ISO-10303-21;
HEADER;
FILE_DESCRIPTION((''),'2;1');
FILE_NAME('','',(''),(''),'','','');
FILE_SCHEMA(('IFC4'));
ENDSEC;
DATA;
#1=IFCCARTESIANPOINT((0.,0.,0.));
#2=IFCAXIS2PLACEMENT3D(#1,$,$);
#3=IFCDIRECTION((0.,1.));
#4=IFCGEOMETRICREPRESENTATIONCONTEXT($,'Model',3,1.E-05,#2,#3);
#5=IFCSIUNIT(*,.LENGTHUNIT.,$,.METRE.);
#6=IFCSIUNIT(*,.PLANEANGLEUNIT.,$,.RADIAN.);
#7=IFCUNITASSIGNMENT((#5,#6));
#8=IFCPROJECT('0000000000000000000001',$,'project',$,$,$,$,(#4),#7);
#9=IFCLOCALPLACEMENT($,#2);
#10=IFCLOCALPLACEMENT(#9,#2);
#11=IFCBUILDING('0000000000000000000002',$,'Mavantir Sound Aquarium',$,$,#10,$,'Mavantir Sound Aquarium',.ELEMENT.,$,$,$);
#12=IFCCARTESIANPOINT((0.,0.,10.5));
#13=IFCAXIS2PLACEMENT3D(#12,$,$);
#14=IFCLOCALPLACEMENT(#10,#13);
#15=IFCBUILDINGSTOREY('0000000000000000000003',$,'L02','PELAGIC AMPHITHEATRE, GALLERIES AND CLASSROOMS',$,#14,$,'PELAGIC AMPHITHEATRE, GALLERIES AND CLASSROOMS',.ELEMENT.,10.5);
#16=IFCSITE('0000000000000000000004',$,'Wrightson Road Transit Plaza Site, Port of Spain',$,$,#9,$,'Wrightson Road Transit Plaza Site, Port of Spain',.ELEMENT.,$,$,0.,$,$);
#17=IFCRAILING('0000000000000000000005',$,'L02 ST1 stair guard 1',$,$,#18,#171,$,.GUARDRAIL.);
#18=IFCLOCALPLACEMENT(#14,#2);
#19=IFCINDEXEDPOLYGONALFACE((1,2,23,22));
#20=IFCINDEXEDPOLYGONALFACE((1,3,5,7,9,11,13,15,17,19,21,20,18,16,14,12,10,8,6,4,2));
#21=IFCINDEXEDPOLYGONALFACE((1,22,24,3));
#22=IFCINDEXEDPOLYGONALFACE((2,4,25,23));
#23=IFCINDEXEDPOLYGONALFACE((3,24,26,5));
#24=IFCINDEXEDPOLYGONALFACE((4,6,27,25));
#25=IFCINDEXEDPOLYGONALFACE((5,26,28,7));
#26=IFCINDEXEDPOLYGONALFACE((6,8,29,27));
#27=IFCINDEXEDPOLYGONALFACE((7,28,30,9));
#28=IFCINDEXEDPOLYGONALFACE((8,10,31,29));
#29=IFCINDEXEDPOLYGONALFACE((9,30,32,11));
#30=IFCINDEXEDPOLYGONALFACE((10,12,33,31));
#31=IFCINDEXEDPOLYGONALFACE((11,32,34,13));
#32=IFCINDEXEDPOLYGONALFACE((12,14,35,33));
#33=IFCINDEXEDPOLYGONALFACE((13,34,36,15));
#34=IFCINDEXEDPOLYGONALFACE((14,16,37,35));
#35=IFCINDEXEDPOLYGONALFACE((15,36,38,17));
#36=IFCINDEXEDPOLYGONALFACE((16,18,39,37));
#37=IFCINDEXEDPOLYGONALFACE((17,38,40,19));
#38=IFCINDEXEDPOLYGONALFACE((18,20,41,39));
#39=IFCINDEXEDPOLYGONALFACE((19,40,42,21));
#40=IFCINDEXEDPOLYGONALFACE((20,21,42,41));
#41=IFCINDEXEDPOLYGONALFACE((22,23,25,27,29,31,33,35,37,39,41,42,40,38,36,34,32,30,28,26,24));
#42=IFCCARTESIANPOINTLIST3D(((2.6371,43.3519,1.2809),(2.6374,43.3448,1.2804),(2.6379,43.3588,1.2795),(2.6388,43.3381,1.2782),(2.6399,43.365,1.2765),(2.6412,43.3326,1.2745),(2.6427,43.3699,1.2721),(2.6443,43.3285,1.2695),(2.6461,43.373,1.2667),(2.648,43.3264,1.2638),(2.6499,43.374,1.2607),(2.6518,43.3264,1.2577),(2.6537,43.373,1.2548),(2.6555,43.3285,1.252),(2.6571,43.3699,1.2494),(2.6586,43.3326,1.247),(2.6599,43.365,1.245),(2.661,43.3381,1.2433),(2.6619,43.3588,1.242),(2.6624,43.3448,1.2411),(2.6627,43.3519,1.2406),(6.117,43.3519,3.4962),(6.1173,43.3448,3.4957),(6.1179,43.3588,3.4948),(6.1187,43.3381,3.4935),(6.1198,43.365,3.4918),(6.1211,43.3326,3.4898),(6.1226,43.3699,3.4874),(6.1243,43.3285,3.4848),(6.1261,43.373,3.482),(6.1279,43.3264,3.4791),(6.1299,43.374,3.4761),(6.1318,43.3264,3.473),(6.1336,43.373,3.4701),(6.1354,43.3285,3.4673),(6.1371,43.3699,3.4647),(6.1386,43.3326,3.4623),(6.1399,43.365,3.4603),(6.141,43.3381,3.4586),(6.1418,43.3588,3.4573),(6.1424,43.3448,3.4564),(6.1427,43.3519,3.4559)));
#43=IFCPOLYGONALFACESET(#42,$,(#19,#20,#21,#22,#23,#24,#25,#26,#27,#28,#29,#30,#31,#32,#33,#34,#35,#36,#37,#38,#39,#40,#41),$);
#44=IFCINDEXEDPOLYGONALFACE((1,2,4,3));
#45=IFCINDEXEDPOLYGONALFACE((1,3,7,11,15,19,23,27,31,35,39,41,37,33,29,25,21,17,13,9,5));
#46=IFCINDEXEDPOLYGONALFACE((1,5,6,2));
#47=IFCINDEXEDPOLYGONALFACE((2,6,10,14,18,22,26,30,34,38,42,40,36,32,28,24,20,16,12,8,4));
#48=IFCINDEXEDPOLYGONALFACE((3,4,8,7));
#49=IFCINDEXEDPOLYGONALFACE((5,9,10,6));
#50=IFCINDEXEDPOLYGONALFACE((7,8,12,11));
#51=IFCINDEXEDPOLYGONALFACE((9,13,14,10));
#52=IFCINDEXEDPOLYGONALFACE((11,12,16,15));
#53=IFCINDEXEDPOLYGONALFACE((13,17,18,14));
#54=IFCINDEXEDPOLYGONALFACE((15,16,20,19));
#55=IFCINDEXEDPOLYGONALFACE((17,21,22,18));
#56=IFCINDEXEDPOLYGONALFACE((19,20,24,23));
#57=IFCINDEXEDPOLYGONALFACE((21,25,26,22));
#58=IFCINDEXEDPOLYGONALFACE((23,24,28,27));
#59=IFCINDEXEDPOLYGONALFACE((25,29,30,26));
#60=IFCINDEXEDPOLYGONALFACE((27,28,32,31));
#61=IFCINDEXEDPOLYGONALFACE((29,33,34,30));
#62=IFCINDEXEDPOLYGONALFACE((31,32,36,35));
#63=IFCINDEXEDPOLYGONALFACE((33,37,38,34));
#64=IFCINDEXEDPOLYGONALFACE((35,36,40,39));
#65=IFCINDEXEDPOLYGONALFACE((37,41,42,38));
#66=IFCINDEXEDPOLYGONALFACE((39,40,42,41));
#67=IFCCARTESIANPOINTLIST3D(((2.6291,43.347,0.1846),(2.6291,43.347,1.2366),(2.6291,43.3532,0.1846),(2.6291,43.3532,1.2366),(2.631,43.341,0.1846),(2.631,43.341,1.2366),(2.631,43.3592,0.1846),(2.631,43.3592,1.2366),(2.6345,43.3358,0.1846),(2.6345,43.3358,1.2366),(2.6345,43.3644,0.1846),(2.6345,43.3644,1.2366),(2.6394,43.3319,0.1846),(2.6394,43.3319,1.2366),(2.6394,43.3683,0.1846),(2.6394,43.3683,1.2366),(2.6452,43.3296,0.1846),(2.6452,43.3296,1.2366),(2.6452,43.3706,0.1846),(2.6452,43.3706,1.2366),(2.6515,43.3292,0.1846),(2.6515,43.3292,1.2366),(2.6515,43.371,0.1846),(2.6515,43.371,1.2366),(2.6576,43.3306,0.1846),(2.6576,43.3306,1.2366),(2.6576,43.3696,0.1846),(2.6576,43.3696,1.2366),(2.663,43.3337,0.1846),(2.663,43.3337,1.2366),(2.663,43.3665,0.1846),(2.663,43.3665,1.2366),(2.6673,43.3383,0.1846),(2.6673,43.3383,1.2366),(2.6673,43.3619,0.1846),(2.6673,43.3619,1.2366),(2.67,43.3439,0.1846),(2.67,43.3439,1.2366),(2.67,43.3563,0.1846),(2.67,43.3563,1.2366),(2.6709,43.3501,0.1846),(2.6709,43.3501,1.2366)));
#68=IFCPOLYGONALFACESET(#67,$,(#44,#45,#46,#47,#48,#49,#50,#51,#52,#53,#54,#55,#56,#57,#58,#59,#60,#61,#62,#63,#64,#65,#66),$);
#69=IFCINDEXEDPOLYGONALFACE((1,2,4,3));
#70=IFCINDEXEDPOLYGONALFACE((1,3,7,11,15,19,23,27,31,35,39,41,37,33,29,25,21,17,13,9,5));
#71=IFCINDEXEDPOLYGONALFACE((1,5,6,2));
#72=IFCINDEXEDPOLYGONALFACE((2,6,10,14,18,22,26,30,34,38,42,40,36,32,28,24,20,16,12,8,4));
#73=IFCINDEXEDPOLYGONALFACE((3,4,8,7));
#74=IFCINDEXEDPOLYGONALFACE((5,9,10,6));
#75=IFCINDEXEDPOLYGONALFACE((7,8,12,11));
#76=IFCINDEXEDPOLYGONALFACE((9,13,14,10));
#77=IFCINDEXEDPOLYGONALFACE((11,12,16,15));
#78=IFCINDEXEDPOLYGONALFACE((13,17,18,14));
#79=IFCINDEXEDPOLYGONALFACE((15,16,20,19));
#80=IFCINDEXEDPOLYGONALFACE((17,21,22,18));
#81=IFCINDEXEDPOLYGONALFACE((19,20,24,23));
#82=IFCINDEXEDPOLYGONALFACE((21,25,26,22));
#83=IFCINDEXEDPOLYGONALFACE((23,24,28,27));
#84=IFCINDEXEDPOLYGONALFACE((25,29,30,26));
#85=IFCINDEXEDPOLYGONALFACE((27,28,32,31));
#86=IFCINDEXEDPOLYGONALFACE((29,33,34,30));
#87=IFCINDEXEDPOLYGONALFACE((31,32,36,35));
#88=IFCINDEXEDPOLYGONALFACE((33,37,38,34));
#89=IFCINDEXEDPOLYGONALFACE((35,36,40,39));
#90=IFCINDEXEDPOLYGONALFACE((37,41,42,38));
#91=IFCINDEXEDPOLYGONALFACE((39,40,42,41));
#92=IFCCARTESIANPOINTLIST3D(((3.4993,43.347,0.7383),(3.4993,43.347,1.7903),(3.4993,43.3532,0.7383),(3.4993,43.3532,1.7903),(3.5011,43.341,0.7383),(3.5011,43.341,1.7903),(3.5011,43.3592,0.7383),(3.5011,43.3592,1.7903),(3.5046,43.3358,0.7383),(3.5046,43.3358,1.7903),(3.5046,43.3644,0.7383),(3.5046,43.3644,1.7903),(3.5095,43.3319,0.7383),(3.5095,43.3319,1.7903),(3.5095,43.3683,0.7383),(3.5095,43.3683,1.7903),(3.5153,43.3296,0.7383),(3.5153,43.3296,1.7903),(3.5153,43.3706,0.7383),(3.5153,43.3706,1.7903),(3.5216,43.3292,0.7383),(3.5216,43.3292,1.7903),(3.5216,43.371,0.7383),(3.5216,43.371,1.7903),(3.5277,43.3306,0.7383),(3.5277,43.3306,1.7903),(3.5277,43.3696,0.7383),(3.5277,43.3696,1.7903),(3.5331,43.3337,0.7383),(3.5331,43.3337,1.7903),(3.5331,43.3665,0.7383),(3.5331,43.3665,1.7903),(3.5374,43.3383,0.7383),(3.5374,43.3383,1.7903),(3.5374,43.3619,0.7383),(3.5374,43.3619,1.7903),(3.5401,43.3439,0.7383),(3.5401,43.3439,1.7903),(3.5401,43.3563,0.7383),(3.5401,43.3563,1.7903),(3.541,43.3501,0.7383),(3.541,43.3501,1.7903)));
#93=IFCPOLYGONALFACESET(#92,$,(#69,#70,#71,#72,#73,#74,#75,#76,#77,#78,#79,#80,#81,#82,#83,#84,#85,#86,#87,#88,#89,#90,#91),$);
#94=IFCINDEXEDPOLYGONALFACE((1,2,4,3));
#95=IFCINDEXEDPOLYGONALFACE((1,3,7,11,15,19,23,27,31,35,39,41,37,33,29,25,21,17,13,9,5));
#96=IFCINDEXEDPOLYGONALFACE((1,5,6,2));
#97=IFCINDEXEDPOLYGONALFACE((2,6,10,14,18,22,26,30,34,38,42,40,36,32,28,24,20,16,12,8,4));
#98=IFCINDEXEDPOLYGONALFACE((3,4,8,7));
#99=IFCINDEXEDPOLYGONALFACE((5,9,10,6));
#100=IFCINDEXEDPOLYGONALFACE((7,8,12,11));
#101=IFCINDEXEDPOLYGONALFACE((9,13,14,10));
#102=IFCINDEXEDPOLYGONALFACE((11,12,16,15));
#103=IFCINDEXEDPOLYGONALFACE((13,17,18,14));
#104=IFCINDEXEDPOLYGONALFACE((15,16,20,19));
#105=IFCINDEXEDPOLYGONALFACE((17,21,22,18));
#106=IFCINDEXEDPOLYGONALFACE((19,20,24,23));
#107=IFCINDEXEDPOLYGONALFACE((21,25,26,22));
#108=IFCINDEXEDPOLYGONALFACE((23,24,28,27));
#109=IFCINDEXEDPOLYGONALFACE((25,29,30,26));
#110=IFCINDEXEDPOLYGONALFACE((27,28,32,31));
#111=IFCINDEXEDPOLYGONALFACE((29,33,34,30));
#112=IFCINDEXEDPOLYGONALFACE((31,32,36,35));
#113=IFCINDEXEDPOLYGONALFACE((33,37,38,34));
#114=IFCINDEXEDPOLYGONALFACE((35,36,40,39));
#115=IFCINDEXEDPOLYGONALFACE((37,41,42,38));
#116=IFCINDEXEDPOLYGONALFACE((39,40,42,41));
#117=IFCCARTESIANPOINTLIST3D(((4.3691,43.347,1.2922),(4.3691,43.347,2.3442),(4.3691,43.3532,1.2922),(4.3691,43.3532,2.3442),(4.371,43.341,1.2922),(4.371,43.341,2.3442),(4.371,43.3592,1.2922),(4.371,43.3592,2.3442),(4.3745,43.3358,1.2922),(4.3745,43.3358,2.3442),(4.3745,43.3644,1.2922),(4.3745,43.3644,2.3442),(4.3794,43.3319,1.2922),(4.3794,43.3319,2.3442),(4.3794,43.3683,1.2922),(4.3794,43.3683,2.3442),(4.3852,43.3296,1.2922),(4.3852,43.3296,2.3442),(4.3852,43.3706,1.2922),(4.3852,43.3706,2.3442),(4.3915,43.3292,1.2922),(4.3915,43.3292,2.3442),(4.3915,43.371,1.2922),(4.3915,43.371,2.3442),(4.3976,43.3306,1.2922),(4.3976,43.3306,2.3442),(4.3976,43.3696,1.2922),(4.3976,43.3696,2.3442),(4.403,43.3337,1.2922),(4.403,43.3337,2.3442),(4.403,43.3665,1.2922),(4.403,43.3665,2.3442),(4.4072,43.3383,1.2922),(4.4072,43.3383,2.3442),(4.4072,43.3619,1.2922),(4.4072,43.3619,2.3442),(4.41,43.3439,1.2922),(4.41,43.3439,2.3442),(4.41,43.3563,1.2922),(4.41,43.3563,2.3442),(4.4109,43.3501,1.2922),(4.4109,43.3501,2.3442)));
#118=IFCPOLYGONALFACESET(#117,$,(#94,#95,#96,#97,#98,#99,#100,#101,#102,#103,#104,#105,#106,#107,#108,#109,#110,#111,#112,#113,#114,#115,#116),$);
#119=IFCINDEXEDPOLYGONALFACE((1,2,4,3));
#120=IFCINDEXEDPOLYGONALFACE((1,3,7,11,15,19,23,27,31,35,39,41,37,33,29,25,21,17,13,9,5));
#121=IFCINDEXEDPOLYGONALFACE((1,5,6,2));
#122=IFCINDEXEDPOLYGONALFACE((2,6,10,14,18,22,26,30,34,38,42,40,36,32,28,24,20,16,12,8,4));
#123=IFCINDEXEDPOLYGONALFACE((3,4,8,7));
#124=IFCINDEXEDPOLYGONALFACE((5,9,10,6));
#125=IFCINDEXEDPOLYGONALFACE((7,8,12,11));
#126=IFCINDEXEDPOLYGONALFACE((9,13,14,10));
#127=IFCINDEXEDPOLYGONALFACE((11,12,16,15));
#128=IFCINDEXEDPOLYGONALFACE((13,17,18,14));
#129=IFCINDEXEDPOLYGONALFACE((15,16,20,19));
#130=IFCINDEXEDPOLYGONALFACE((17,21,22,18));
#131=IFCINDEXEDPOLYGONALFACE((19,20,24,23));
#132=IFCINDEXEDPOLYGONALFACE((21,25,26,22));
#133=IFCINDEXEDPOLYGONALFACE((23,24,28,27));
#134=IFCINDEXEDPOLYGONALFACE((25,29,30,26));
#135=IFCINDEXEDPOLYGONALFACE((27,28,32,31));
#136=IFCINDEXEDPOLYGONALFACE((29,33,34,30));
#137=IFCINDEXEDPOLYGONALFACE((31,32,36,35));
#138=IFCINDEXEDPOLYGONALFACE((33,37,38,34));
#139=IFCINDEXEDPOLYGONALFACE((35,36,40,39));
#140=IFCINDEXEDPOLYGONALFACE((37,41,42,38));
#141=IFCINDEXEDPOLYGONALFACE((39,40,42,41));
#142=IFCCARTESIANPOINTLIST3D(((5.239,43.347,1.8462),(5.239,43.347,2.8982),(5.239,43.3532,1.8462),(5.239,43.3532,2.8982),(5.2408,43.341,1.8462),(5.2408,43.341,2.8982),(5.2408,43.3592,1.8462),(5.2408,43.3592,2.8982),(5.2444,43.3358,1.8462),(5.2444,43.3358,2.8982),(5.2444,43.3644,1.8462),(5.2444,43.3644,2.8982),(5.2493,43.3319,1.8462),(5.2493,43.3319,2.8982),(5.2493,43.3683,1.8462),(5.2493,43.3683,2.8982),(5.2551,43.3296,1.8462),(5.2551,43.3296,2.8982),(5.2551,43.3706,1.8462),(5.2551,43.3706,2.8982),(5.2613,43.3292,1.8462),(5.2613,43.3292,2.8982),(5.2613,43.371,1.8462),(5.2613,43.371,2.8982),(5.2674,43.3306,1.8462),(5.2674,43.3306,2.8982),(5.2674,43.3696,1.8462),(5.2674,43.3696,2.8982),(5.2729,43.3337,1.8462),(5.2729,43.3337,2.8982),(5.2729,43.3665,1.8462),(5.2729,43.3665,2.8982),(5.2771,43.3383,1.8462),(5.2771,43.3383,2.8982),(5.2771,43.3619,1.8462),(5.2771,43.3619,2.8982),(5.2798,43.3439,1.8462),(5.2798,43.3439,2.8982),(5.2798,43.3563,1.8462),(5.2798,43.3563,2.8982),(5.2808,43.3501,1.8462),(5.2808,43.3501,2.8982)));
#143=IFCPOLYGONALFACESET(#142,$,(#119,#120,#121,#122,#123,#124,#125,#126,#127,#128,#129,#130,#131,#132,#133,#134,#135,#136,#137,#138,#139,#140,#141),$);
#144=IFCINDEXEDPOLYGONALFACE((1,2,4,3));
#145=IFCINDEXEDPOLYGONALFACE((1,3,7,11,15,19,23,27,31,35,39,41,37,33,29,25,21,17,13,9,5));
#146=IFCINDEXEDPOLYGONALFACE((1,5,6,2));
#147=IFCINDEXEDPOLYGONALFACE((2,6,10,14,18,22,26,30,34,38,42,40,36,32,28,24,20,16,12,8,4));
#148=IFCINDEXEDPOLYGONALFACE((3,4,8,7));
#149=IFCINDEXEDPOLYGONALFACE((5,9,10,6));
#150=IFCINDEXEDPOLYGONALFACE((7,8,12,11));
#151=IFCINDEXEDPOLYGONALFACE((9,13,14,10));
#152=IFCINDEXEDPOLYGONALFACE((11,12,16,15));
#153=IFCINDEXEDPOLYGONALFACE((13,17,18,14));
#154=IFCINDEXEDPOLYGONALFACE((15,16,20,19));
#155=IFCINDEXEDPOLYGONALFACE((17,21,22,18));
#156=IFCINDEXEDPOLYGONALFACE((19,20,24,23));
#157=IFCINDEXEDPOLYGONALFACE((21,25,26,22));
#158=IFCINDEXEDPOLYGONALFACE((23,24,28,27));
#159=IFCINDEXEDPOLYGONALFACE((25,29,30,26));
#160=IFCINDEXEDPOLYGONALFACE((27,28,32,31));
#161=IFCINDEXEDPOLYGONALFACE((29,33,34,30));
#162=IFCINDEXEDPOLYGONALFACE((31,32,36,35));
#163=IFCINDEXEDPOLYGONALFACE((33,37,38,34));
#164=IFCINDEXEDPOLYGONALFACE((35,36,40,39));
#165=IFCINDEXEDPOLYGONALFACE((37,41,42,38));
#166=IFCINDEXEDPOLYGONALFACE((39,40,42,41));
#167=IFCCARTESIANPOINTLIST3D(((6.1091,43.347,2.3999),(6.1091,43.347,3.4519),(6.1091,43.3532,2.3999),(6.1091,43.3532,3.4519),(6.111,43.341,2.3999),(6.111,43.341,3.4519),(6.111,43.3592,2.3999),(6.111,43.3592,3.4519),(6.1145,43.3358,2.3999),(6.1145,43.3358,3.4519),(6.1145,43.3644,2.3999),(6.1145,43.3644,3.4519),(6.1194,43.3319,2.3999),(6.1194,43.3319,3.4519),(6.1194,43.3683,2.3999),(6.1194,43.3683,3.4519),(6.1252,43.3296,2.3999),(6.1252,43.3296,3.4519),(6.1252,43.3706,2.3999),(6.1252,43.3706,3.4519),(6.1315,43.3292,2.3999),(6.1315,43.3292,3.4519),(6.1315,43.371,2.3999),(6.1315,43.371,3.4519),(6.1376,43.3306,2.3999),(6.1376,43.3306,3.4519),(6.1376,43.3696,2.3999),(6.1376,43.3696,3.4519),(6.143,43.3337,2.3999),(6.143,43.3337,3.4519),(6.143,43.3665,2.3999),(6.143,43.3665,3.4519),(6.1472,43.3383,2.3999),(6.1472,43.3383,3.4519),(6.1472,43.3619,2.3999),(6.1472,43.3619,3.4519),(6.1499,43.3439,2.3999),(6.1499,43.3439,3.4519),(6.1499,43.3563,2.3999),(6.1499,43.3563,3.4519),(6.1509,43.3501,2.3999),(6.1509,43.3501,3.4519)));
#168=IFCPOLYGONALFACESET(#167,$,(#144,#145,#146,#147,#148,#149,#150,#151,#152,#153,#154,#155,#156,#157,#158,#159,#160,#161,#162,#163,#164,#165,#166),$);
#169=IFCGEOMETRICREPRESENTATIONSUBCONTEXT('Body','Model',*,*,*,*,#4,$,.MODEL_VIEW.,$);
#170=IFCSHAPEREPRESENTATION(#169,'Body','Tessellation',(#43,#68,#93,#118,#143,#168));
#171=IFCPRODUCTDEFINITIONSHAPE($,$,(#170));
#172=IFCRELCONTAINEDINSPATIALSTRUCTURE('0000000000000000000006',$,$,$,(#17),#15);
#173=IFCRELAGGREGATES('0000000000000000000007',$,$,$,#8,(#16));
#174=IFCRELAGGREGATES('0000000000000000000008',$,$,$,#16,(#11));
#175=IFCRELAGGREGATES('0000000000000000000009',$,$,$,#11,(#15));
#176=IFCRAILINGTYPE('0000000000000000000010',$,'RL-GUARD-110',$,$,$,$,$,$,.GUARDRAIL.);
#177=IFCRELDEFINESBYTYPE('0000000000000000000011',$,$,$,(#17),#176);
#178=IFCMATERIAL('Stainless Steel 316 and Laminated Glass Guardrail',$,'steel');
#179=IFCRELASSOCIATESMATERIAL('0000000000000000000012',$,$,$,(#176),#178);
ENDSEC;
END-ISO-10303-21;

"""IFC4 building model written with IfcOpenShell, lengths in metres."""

from ifc_helpers import new_model, si_unit, direction, frame, origin, origin_2d, place, context, subcontext, project, spatial, circle, extrude, material, type_object, element, save


model = new_model("IFC4")

# Units and contexts
model_context = context("Model", 3, precision=1e-05, world=origin(), true_north=direction((0.0, 1.0)))
body_context = subcontext(model_context, "Body", "Model", "MODEL_VIEW")
ifc_project = project(units=[si_unit("LENGTHUNIT", "METRE"), si_unit("PLANEANGLEUNIT", "RADIAN")], contexts=[model_context])

# Site, building, storey
site_placement = place(None, origin())
site = spatial("IfcSite", under=ifc_project, at=site_placement, Name="Wrightson Road Transit Plaza Site, Port of Spain", LongName="Wrightson Road Transit Plaza Site, Port of Spain", CompositionType="ELEMENT", RefElevation=0.0)
building_placement = place(site_placement, origin())
building = spatial("IfcBuilding", under=site, at=building_placement, Name="Mavantir Sound Aquarium", LongName="Mavantir Sound Aquarium", CompositionType="ELEMENT")
storey_placement = place(building_placement, frame((0.0, 0.0, 10.5)))
storey = spatial("IfcBuildingStorey", under=building, at=storey_placement, Name="L02", Description="PELAGIC AMPHITHEATRE, GALLERIES AND CLASSROOMS", LongName="PELAGIC AMPHITHEATRE, GALLERIES AND CLASSROOMS", CompositionType="ELEMENT", Elevation=10.5)

# Railing
ifc_material_1 = material(Name="Stainless Steel 316 and Laminated Glass Guardrail", Category="steel")
railing_type_1 = type_object("IfcRailingType", Name="RL-GUARD-110", PredefinedType="GUARDRAIL", material=ifc_material_1)
railing_1_placement = place(storey_placement, frame((2.6499, 43.3501, 0.1846)))
element("IfcRailing", 1, at=railing_1_placement, inside=storey, type_object=railing_type_1, Name="L02 ST1 stair guard 1", PredefinedType="GUARDRAIL", context=body_context, shape_type="SweptSolid", body=[
    extrude(circle(Radius=0.0239, at=origin_2d()), frame((0.0, 0.0, 1.0762), z_axis=(0.843574, 0.0, 0.537013), x_axis=(0.0, 1.0, 0.0)), (0.0, 0.0, 1.0), 4.1252),
    extrude(circle(Radius=0.021, at=origin_2d()), origin(), (0.0, 0.0, 1.0), 1.052),
    extrude(circle(Radius=0.021, at=origin_2d()), frame((0.8701, 0.0, 0.5537)), (0.0, 0.0, 1.0), 1.052),
    extrude(circle(Radius=0.021, at=origin_2d()), frame((1.74, 0.0, 1.1077)), (0.0, 0.0, 1.0), 1.052),
    extrude(circle(Radius=0.021, at=origin_2d()), frame((2.6099, 0.0, 1.6616)), (0.0, 0.0, 1.0), 1.052),
    extrude(circle(Radius=0.021, at=origin_2d()), frame((3.48, 0.0, 2.2153)), (0.0, 0.0, 1.0), 1.052),
])

save(model, "model.ifc")
